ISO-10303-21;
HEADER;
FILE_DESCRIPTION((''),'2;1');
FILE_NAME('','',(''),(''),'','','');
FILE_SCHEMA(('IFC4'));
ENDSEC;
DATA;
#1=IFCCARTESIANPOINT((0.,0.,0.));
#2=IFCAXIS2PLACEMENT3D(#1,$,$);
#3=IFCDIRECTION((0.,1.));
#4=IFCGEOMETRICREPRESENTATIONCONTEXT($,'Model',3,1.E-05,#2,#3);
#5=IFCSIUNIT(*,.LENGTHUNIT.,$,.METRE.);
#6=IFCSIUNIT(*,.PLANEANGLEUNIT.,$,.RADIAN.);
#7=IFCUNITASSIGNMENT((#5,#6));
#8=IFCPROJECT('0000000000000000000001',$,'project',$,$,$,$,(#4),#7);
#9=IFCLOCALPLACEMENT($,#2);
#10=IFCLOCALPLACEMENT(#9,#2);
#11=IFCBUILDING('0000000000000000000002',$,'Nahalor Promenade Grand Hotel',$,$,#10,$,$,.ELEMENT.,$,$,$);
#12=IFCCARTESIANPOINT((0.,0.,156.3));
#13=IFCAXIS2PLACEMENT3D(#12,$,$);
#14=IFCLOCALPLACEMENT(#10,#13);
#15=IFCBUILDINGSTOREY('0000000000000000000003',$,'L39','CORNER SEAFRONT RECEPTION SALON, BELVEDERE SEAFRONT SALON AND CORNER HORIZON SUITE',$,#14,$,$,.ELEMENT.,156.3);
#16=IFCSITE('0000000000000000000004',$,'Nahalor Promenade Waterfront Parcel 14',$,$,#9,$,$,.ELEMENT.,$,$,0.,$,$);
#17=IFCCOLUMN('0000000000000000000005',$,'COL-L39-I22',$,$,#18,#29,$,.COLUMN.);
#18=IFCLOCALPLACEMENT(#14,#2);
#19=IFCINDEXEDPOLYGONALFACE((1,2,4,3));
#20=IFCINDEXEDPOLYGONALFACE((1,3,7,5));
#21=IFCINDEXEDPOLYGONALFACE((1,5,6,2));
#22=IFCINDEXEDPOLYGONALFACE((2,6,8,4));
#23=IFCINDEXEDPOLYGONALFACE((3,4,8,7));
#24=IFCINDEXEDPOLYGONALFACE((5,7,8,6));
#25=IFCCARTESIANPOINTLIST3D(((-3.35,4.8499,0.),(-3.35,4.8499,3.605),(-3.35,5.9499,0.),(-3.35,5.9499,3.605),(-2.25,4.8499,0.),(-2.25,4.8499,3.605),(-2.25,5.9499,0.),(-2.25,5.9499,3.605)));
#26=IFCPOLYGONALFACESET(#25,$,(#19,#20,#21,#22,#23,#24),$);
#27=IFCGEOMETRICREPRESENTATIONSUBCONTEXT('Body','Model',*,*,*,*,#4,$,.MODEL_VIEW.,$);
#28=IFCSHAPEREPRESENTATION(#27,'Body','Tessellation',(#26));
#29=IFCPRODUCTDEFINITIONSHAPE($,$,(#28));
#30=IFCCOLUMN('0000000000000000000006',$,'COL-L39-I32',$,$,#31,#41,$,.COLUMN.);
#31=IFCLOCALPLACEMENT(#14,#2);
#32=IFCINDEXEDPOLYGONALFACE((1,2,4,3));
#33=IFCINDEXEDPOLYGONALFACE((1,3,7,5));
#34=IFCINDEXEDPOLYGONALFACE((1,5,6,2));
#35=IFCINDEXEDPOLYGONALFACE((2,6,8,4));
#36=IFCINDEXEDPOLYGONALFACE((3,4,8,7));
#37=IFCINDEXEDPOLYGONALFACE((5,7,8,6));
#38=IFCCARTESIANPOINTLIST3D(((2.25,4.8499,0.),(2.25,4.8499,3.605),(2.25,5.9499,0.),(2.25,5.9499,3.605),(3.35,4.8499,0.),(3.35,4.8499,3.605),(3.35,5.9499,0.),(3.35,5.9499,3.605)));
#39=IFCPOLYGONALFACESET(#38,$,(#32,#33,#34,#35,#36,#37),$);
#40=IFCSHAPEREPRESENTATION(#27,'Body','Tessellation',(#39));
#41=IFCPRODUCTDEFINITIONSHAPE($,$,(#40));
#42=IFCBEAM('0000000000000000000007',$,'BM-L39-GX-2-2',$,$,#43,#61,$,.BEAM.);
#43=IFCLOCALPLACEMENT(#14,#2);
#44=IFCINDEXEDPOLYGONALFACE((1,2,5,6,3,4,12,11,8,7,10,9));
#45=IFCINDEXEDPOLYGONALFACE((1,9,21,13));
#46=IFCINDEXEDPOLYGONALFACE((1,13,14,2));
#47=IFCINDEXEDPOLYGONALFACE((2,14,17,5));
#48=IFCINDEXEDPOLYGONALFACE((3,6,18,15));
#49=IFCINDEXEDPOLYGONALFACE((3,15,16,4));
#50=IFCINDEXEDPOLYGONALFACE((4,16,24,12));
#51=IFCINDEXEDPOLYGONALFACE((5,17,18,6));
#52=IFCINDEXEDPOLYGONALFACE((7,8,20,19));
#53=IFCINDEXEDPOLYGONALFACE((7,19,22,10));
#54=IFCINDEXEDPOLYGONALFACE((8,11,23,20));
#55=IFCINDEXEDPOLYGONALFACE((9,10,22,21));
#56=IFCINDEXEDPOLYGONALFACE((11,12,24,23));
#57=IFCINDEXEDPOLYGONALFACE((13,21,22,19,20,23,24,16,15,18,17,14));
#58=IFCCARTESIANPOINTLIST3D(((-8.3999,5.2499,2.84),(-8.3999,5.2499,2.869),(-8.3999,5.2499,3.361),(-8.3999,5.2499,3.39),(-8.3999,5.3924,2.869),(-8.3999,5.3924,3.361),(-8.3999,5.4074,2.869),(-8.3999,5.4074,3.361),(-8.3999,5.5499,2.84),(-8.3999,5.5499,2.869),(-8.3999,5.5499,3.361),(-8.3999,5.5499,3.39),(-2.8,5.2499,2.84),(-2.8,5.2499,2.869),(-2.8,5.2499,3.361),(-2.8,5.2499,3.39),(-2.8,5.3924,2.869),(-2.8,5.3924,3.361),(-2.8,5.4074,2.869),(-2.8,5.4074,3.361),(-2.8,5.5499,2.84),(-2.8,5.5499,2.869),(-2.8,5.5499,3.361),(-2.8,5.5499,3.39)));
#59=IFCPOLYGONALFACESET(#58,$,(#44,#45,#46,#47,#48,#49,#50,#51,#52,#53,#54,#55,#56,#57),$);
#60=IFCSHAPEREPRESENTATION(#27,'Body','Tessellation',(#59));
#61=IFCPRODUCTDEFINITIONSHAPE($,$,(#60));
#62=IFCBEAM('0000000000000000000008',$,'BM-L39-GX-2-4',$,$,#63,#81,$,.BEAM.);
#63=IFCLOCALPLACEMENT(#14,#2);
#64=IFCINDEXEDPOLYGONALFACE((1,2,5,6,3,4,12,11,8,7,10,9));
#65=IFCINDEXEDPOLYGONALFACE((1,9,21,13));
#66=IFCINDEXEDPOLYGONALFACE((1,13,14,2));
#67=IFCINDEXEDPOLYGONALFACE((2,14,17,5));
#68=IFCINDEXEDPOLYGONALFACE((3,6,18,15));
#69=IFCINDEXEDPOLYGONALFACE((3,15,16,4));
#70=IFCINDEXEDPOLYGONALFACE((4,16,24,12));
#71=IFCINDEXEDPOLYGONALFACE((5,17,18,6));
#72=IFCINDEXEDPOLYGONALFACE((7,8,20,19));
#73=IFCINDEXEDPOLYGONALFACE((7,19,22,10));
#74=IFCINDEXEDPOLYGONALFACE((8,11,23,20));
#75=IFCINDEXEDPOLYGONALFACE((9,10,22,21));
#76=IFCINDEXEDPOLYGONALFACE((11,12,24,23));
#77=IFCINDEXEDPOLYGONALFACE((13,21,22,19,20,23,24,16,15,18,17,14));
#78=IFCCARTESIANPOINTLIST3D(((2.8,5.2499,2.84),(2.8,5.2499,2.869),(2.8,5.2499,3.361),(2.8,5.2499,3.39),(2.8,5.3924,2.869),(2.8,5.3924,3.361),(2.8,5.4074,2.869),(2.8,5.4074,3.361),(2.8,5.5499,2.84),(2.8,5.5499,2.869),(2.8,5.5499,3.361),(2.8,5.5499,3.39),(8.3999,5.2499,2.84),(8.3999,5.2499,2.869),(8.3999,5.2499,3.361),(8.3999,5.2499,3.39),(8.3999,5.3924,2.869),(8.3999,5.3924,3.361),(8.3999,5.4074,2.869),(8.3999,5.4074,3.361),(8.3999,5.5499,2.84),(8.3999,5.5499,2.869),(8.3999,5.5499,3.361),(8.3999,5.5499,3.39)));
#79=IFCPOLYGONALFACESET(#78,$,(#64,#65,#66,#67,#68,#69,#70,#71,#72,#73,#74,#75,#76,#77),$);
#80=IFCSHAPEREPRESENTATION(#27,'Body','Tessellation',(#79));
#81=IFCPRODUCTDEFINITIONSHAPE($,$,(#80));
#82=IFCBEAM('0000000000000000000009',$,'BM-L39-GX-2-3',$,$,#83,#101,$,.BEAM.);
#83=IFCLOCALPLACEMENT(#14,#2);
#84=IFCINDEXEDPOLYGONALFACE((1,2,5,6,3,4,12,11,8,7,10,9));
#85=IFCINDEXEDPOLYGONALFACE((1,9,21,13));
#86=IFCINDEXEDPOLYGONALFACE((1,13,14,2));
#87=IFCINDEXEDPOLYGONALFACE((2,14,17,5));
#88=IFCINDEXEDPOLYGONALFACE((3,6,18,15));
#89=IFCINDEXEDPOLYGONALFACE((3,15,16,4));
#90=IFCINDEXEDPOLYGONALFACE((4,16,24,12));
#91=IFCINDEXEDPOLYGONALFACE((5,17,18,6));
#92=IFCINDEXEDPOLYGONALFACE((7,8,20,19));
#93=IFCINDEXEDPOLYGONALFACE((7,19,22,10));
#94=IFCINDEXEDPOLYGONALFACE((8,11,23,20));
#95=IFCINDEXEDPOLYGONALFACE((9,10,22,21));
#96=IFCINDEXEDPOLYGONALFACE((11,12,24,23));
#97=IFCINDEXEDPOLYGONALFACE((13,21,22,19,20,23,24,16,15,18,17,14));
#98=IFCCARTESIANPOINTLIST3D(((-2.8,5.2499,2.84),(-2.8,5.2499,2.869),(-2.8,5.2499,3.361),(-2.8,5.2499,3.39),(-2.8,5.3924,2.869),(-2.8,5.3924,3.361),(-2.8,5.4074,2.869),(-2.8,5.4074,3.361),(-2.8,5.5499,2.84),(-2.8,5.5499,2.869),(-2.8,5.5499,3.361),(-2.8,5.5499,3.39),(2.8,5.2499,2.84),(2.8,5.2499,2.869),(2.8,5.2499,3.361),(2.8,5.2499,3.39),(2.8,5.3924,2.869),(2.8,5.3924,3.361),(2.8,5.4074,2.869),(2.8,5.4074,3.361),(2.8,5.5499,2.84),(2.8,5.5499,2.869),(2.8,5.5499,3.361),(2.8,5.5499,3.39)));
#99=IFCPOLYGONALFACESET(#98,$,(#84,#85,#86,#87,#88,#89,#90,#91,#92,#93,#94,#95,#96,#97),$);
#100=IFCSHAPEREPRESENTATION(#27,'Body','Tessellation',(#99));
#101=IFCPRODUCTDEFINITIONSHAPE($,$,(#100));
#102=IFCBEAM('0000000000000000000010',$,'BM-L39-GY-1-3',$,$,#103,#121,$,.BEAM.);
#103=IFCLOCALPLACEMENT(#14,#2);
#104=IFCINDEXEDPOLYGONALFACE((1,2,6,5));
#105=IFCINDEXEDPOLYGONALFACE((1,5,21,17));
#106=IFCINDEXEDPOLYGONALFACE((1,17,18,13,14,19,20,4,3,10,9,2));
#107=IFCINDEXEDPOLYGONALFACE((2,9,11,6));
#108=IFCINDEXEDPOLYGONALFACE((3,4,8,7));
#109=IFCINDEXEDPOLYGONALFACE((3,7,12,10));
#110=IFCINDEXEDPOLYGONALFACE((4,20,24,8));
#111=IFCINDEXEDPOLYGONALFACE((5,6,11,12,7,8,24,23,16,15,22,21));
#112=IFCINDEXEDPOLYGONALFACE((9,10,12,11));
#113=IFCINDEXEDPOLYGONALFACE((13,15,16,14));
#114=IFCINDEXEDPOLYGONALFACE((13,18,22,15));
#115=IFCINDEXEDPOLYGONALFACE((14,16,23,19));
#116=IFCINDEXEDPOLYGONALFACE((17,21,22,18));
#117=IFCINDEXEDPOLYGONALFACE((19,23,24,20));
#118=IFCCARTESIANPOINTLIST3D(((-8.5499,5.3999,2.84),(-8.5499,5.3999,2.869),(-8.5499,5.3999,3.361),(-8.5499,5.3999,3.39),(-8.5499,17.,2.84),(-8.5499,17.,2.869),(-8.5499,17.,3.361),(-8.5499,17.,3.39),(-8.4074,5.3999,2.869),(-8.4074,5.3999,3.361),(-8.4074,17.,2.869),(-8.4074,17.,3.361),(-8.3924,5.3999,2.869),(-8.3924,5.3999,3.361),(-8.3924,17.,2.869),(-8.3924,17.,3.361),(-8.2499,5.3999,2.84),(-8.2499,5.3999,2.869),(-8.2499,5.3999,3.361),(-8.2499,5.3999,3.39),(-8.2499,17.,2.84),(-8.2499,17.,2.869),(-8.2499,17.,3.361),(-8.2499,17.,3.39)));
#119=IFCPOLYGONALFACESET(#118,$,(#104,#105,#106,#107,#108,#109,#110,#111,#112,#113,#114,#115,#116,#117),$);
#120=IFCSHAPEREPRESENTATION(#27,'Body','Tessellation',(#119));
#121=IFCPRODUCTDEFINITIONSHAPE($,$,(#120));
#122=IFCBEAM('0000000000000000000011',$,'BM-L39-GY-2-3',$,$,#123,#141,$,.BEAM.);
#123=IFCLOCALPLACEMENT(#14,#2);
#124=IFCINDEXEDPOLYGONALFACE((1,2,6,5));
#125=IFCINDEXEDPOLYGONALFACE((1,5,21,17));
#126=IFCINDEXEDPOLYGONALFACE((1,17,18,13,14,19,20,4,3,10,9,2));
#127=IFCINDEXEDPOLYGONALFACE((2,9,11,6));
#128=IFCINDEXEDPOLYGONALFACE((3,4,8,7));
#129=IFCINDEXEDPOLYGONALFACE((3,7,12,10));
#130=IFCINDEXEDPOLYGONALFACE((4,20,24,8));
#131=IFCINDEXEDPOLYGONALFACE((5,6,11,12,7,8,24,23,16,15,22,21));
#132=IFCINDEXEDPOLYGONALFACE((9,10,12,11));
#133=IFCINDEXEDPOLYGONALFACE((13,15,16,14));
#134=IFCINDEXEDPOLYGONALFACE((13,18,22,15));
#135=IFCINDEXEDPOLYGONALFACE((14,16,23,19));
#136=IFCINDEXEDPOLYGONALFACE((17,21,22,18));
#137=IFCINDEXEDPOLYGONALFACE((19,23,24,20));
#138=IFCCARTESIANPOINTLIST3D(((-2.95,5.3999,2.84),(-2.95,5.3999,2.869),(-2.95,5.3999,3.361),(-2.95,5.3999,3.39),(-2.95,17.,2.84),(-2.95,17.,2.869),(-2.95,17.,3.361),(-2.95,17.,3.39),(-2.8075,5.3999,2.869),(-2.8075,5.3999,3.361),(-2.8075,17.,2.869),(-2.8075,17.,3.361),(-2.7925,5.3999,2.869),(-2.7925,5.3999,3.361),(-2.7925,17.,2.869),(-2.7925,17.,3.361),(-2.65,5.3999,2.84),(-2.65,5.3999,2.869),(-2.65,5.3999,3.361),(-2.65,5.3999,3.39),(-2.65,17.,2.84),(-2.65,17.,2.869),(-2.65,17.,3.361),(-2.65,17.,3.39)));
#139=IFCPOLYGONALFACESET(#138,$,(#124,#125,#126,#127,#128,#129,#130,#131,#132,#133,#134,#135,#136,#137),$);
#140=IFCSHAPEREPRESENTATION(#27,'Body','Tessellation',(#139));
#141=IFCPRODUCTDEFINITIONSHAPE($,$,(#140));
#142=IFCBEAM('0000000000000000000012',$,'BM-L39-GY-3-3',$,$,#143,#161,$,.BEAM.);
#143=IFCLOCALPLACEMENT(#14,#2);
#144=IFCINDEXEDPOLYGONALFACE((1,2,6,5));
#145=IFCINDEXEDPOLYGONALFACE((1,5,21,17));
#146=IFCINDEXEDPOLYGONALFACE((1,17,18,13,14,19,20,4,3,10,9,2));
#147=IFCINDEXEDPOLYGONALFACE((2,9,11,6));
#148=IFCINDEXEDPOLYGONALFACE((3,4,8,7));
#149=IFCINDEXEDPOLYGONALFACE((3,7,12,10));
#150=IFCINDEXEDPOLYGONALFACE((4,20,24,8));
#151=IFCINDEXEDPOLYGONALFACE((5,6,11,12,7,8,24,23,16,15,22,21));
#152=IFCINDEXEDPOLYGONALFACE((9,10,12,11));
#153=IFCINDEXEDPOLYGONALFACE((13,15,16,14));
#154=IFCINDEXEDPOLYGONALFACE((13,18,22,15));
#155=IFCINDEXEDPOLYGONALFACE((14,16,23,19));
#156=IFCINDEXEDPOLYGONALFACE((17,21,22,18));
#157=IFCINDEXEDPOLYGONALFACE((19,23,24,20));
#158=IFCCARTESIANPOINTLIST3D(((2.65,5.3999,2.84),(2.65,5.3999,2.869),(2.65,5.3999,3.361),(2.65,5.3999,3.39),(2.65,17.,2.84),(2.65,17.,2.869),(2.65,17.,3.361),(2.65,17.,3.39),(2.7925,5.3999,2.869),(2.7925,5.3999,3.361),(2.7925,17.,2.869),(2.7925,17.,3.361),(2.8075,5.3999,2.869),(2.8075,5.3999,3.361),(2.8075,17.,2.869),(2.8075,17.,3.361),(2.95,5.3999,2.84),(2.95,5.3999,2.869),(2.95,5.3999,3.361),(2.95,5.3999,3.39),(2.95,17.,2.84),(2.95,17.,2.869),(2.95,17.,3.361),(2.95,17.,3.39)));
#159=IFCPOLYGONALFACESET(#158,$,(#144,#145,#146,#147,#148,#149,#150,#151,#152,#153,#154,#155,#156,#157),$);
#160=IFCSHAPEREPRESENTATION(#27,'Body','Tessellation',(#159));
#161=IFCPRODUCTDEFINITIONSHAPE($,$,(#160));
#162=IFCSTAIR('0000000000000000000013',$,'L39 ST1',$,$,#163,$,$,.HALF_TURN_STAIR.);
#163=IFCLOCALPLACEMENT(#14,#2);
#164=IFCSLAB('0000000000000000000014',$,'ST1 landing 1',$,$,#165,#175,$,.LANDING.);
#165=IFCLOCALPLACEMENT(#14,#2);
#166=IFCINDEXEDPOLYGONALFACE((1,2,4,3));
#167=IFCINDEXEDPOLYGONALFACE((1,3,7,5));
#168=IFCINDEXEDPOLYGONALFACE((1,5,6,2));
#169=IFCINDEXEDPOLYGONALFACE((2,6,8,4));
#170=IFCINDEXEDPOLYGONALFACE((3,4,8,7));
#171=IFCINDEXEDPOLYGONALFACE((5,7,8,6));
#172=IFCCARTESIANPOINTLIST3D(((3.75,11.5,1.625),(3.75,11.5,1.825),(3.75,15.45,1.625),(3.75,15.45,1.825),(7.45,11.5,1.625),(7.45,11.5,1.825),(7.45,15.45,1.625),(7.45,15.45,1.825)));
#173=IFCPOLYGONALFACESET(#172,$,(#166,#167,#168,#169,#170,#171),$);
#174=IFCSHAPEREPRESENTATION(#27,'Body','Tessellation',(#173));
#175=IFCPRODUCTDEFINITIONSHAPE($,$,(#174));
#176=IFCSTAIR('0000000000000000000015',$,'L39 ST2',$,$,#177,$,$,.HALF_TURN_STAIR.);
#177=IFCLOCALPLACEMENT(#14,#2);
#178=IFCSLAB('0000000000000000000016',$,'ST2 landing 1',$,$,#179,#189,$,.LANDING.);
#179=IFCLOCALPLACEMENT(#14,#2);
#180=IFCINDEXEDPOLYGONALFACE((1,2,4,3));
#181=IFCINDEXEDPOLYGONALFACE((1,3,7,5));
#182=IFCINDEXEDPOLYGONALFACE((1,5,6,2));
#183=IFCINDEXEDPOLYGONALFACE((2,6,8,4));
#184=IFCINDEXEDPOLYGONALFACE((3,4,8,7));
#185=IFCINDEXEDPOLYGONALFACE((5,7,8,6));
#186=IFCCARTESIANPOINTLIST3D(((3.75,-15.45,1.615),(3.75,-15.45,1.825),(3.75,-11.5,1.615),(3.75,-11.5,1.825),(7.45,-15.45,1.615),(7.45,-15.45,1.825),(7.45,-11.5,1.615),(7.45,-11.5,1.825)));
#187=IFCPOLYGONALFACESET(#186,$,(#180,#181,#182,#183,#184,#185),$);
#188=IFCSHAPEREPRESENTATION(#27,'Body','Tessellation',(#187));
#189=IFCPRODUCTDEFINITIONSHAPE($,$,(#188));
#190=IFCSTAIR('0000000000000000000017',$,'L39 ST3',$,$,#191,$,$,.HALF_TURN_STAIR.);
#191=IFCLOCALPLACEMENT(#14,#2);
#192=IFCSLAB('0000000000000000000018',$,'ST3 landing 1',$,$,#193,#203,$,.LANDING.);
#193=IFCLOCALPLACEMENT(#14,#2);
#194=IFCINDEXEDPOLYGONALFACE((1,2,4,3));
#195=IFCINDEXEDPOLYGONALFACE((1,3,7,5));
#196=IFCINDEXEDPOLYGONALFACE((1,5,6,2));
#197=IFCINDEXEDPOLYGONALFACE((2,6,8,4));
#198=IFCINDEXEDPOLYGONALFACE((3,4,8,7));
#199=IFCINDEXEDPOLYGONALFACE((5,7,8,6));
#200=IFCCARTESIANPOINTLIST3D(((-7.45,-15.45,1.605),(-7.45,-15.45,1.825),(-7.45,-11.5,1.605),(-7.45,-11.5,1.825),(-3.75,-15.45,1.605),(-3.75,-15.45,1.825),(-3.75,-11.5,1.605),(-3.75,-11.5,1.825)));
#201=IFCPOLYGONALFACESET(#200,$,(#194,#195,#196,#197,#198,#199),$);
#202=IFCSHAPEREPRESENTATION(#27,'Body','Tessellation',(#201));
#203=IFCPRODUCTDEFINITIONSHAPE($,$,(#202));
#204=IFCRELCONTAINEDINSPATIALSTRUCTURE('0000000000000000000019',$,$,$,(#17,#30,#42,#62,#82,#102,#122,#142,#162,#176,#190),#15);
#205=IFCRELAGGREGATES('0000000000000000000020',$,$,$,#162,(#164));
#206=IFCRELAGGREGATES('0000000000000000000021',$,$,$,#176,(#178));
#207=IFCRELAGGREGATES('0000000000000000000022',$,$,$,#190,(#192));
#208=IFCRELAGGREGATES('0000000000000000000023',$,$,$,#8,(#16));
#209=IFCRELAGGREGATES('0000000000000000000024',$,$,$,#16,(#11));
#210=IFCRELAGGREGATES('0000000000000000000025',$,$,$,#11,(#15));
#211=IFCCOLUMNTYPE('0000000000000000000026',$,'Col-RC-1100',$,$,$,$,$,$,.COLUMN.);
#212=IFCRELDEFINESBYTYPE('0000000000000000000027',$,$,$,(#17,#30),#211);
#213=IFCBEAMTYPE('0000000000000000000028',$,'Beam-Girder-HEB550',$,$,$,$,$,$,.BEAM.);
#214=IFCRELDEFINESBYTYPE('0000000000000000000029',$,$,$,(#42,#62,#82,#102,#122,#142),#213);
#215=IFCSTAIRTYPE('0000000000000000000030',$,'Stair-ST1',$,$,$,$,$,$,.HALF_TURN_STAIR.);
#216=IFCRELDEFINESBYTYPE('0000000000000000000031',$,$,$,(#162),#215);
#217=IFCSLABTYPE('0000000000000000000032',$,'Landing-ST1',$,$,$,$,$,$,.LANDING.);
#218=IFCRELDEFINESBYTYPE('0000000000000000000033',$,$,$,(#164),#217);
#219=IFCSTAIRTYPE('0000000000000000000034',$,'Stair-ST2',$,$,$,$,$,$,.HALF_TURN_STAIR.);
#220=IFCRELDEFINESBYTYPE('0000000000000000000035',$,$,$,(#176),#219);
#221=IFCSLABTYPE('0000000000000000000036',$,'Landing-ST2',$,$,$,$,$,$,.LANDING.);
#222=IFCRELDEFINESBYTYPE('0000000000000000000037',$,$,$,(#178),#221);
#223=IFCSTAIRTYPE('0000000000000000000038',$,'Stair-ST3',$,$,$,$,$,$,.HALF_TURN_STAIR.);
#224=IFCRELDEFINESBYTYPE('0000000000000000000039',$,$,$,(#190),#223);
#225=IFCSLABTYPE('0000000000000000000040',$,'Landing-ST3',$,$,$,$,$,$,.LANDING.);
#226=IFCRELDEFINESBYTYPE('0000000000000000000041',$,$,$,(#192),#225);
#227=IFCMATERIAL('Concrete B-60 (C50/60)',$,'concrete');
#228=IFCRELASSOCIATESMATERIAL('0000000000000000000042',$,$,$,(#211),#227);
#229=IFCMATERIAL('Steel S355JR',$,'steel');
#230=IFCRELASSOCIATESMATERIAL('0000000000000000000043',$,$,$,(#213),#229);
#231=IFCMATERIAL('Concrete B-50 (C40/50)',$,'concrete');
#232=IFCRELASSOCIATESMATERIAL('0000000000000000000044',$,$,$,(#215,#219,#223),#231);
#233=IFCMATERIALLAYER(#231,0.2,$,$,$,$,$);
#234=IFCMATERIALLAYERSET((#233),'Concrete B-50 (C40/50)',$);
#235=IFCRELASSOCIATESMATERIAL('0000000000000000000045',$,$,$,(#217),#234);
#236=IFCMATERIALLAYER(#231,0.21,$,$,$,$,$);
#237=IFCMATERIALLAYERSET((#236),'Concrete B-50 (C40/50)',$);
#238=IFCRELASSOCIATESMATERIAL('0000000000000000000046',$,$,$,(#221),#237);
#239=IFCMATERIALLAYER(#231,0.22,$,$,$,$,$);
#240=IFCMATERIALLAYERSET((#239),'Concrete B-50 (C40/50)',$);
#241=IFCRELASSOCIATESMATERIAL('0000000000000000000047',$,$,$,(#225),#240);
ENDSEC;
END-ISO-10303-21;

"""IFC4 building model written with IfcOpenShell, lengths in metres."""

from ifc_helpers import new_model, si_unit, direction, frame, origin, origin_2d, place, context, subcontext, project, spatial, polyline, rectangle, i_section, outline, extrude, source, transform, mapped, material, layer, layer_set, material_profile, profile_set, type_object, element, aggregate, save


model = new_model("IFC4")

# Units and contexts
model_context = context("Model", 3, precision=1e-05, world=origin(), true_north=direction((0.0, 1.0)))
body_context = subcontext(model_context, "Body", "Model", "MODEL_VIEW")
ifc_project = project(units=[si_unit("LENGTHUNIT", "METRE"), si_unit("PLANEANGLEUNIT", "RADIAN")], contexts=[model_context])

# Site, building, storey
site_placement = place(None, origin())
site = spatial("IfcSite", under=ifc_project, at=site_placement, Name="Nahalor Promenade Waterfront Parcel 14", CompositionType="ELEMENT", RefElevation=0.0)
building_placement = place(site_placement, origin())
building = spatial("IfcBuilding", under=site, at=building_placement, Name="Nahalor Promenade Grand Hotel", CompositionType="ELEMENT")
storey_placement = place(building_placement, frame((0.0, 0.0, 156.3)))
storey = spatial("IfcBuildingStorey", under=building, at=storey_placement, Name="L39", Description="CORNER SEAFRONT RECEPTION SALON, BELVEDERE SEAFRONT SALON AND CORNER HORIZON SUITE", CompositionType="ELEMENT", Elevation=156.3)

# Columns
ifc_material_1 = material(Name="Concrete B-60 (C50/60)", Category="concrete")
ifc_material_profile_1 = material_profile(ifc_material_1, rectangle(XDim=1.1, YDim=1.1, at=origin_2d()), Name="RC 1100x1100")
ifc_profile_set_1 = profile_set([ifc_material_profile_1], Name="Concrete B-60 (C50/60)")
column_type = type_object("IfcColumnType", Name="Col-RC-1100", PredefinedType="COLUMN", material=ifc_profile_set_1)
shared_shape_1 = source(origin(), body_context, "Body", "SweptSolid", [
    extrude(rectangle(XDim=1.1, YDim=1.1, at=origin_2d()), origin(), (0.0, 0.0, 1.0), 3.605),
])
for number, where, z_axis, x_axis, name in (
    (1, (-2.8, 5.3999, 0.0), (0.0, 0.0, 1.0), (1.0, 0.0, 0.0), "COL-L39-I22"),
    (2, (2.8, 5.3999, 0.0), (0.0, 0.0, 1.0), (1.0, 0.0, 0.0), "COL-L39-I32"),
):
    element("IfcColumn", number, at=place(storey_placement, frame(where, z_axis=z_axis, x_axis=x_axis)), inside=storey, type_object=column_type, Name=name, PredefinedType="COLUMN", context=body_context, shape_type="MappedRepresentation", body=[
        mapped(shared_shape_1, transform((0.0, 0.0, 0.0), scale=1.0)),
    ])

# Beams
ifc_material_2 = material(Name="Steel S355JR", Category="steel")
ifc_material_profile_2 = material_profile(ifc_material_2, i_section(OverallWidth=0.3, OverallDepth=0.55, WebThickness=0.015, FlangeThickness=0.029, at=origin_2d()), Name="HEB 550")
ifc_profile_set_2 = profile_set([ifc_material_profile_2], Name="Steel S355JR")
beam_type = type_object("IfcBeamType", Name="Beam-Girder-HEB550", PredefinedType="BEAM", material=ifc_profile_set_2)
shared_shape_2 = source(origin(), body_context, "Body", "SweptSolid", [
    extrude(i_section(OverallWidth=0.3, OverallDepth=0.55, WebThickness=0.015, FlangeThickness=0.029, at=origin_2d()), origin(), (0.0, 0.0, 1.0), 5.5999),
])
for number, where, z_axis, x_axis, name in (
    (3, (-8.3999, 5.3999, 3.115), (1.0, 0.0, 0.0), (0.0, 1.0, 0.0), "BM-L39-GX-2-2"),
    (4, (2.8, 5.3999, 3.115), (1.0, 0.0, 0.0), (0.0, 1.0, 0.0), "BM-L39-GX-2-4"),
):
    element("IfcBeam", number, at=place(storey_placement, frame(where, z_axis=z_axis, x_axis=x_axis)), inside=storey, type_object=beam_type, Name=name, PredefinedType="BEAM", context=body_context, shape_type="MappedRepresentation", body=[
        mapped(shared_shape_2, transform((0.0, 0.0, 0.0), scale=1.0)),
    ])
shared_shape_3 = source(origin(), body_context, "Body", "SweptSolid", [
    extrude(i_section(OverallWidth=0.3, OverallDepth=0.55, WebThickness=0.015, FlangeThickness=0.029, at=origin_2d()), origin(), (0.0, 0.0, 1.0), 5.6001),
])
beam_placement = place(storey_placement, frame((-2.8, 5.3999, 3.115), z_axis=(1.0, 0.0, 0.0), x_axis=(0.0, 1.0, 0.0)))
element("IfcBeam", 5, at=beam_placement, inside=storey, type_object=beam_type, Name="BM-L39-GX-2-3", PredefinedType="BEAM", context=body_context, shape_type="MappedRepresentation", body=[
    mapped(shared_shape_3, transform((0.0, 0.0, 0.0), scale=1.0)),
])
shared_shape_4 = source(origin(), body_context, "Body", "SweptSolid", [
    extrude(i_section(OverallWidth=0.3, OverallDepth=0.55, WebThickness=0.015, FlangeThickness=0.029, at=origin_2d()), origin(), (0.0, 0.0, 1.0), 11.6001),
])
for number, where, z_axis, x_axis, name in (
    (6, (-8.3999, 5.3999, 3.115), (0.0, 1.0, 0.0), (-1.0, 0.0, 0.0), "BM-L39-GY-1-3"),
    (7, (-2.8, 5.3999, 3.115), (0.0, 1.0, 0.0), (-1.0, 0.0, 0.0), "BM-L39-GY-2-3"),
    (8, (2.8, 5.3999, 3.115), (0.0, 1.0, 0.0), (-1.0, 0.0, 0.0), "BM-L39-GY-3-3"),
):
    element("IfcBeam", number, at=place(storey_placement, frame(where, z_axis=z_axis, x_axis=x_axis)), inside=storey, type_object=beam_type, Name=name, PredefinedType="BEAM", context=body_context, shape_type="MappedRepresentation", body=[
        mapped(shared_shape_4, transform((0.0, 0.0, 0.0), scale=1.0)),
    ])

# Stairs, slabs
ifc_material_3 = material(Name="Concrete B-50 (C40/50)", Category="concrete")
stair_type_1 = type_object("IfcStairType", Name="Stair-ST1", PredefinedType="HALF_TURN_STAIR", material=ifc_material_3)
stair_1_placement = place(storey_placement, origin())
stair_1 = element("IfcStair", 9, at=stair_1_placement, inside=storey, type_object=stair_type_1, Name="L39 ST1", PredefinedType="HALF_TURN_STAIR")
ifc_layer_1 = layer(ifc_material_3, 0.2)
ifc_layer_set_1 = layer_set([ifc_layer_1], Name="Concrete B-50 (C40/50)")
slab_type_1 = type_object("IfcSlabType", Name="Landing-ST1", PredefinedType="LANDING", material=ifc_layer_set_1)
slab_1_placement = place(storey_placement, frame((0.0, 0.0, 1.625)))
slab_1 = element("IfcSlab", 10, at=slab_1_placement, type_object=slab_type_1, Name="ST1 landing 1", PredefinedType="LANDING", context=body_context, shape_type="SweptSolid", body=[
    extrude(outline(polyline([(7.45, 11.5), (7.45, 15.45), (3.75, 15.45), (3.75, 11.5), (7.45, 11.5)])), origin(), (0.0, 0.0, 1.0), 0.2),
])
aggregate(stair_1, [slab_1])
stair_type_2 = type_object("IfcStairType", Name="Stair-ST2", PredefinedType="HALF_TURN_STAIR", material=ifc_material_3)
stair_2_placement = place(storey_placement, origin())
stair_2 = element("IfcStair", 11, at=stair_2_placement, inside=storey, type_object=stair_type_2, Name="L39 ST2", PredefinedType="HALF_TURN_STAIR")
ifc_layer_2 = layer(ifc_material_3, 0.21)
ifc_layer_set_2 = layer_set([ifc_layer_2], Name="Concrete B-50 (C40/50)")
slab_type_2 = type_object("IfcSlabType", Name="Landing-ST2", PredefinedType="LANDING", material=ifc_layer_set_2)
slab_2_placement = place(storey_placement, frame((0.0, 0.0, 1.615)))
slab_2 = element("IfcSlab", 12, at=slab_2_placement, type_object=slab_type_2, Name="ST2 landing 1", PredefinedType="LANDING", context=body_context, shape_type="SweptSolid", body=[
    extrude(outline(polyline([(3.75, -11.5), (3.75, -15.45), (7.45, -15.45), (7.45, -11.5), (3.75, -11.5)])), origin(), (0.0, 0.0, 1.0), 0.21),
])
aggregate(stair_2, [slab_2])
stair_type_3 = type_object("IfcStairType", Name="Stair-ST3", PredefinedType="HALF_TURN_STAIR", material=ifc_material_3)
stair_3_placement = place(storey_placement, origin())
stair_3 = element("IfcStair", 13, at=stair_3_placement, inside=storey, type_object=stair_type_3, Name="L39 ST3", PredefinedType="HALF_TURN_STAIR")
ifc_layer_3 = layer(ifc_material_3, 0.22)
ifc_layer_set_3 = layer_set([ifc_layer_3], Name="Concrete B-50 (C40/50)")
slab_type_3 = type_object("IfcSlabType", Name="Landing-ST3", PredefinedType="LANDING", material=ifc_layer_set_3)
slab_3_placement = place(storey_placement, frame((0.0, 0.0, 1.605)))
slab_3 = element("IfcSlab", 14, at=slab_3_placement, type_object=slab_type_3, Name="ST3 landing 1", PredefinedType="LANDING", context=body_context, shape_type="SweptSolid", body=[
    extrude(outline(polyline([(-7.45, -11.5), (-7.45, -15.45), (-3.75, -15.45), (-3.75, -11.5), (-7.45, -11.5)])), origin(), (0.0, 0.0, 1.0), 0.22),
])
aggregate(stair_3, [slab_3])

save(model, "model.ifc")
